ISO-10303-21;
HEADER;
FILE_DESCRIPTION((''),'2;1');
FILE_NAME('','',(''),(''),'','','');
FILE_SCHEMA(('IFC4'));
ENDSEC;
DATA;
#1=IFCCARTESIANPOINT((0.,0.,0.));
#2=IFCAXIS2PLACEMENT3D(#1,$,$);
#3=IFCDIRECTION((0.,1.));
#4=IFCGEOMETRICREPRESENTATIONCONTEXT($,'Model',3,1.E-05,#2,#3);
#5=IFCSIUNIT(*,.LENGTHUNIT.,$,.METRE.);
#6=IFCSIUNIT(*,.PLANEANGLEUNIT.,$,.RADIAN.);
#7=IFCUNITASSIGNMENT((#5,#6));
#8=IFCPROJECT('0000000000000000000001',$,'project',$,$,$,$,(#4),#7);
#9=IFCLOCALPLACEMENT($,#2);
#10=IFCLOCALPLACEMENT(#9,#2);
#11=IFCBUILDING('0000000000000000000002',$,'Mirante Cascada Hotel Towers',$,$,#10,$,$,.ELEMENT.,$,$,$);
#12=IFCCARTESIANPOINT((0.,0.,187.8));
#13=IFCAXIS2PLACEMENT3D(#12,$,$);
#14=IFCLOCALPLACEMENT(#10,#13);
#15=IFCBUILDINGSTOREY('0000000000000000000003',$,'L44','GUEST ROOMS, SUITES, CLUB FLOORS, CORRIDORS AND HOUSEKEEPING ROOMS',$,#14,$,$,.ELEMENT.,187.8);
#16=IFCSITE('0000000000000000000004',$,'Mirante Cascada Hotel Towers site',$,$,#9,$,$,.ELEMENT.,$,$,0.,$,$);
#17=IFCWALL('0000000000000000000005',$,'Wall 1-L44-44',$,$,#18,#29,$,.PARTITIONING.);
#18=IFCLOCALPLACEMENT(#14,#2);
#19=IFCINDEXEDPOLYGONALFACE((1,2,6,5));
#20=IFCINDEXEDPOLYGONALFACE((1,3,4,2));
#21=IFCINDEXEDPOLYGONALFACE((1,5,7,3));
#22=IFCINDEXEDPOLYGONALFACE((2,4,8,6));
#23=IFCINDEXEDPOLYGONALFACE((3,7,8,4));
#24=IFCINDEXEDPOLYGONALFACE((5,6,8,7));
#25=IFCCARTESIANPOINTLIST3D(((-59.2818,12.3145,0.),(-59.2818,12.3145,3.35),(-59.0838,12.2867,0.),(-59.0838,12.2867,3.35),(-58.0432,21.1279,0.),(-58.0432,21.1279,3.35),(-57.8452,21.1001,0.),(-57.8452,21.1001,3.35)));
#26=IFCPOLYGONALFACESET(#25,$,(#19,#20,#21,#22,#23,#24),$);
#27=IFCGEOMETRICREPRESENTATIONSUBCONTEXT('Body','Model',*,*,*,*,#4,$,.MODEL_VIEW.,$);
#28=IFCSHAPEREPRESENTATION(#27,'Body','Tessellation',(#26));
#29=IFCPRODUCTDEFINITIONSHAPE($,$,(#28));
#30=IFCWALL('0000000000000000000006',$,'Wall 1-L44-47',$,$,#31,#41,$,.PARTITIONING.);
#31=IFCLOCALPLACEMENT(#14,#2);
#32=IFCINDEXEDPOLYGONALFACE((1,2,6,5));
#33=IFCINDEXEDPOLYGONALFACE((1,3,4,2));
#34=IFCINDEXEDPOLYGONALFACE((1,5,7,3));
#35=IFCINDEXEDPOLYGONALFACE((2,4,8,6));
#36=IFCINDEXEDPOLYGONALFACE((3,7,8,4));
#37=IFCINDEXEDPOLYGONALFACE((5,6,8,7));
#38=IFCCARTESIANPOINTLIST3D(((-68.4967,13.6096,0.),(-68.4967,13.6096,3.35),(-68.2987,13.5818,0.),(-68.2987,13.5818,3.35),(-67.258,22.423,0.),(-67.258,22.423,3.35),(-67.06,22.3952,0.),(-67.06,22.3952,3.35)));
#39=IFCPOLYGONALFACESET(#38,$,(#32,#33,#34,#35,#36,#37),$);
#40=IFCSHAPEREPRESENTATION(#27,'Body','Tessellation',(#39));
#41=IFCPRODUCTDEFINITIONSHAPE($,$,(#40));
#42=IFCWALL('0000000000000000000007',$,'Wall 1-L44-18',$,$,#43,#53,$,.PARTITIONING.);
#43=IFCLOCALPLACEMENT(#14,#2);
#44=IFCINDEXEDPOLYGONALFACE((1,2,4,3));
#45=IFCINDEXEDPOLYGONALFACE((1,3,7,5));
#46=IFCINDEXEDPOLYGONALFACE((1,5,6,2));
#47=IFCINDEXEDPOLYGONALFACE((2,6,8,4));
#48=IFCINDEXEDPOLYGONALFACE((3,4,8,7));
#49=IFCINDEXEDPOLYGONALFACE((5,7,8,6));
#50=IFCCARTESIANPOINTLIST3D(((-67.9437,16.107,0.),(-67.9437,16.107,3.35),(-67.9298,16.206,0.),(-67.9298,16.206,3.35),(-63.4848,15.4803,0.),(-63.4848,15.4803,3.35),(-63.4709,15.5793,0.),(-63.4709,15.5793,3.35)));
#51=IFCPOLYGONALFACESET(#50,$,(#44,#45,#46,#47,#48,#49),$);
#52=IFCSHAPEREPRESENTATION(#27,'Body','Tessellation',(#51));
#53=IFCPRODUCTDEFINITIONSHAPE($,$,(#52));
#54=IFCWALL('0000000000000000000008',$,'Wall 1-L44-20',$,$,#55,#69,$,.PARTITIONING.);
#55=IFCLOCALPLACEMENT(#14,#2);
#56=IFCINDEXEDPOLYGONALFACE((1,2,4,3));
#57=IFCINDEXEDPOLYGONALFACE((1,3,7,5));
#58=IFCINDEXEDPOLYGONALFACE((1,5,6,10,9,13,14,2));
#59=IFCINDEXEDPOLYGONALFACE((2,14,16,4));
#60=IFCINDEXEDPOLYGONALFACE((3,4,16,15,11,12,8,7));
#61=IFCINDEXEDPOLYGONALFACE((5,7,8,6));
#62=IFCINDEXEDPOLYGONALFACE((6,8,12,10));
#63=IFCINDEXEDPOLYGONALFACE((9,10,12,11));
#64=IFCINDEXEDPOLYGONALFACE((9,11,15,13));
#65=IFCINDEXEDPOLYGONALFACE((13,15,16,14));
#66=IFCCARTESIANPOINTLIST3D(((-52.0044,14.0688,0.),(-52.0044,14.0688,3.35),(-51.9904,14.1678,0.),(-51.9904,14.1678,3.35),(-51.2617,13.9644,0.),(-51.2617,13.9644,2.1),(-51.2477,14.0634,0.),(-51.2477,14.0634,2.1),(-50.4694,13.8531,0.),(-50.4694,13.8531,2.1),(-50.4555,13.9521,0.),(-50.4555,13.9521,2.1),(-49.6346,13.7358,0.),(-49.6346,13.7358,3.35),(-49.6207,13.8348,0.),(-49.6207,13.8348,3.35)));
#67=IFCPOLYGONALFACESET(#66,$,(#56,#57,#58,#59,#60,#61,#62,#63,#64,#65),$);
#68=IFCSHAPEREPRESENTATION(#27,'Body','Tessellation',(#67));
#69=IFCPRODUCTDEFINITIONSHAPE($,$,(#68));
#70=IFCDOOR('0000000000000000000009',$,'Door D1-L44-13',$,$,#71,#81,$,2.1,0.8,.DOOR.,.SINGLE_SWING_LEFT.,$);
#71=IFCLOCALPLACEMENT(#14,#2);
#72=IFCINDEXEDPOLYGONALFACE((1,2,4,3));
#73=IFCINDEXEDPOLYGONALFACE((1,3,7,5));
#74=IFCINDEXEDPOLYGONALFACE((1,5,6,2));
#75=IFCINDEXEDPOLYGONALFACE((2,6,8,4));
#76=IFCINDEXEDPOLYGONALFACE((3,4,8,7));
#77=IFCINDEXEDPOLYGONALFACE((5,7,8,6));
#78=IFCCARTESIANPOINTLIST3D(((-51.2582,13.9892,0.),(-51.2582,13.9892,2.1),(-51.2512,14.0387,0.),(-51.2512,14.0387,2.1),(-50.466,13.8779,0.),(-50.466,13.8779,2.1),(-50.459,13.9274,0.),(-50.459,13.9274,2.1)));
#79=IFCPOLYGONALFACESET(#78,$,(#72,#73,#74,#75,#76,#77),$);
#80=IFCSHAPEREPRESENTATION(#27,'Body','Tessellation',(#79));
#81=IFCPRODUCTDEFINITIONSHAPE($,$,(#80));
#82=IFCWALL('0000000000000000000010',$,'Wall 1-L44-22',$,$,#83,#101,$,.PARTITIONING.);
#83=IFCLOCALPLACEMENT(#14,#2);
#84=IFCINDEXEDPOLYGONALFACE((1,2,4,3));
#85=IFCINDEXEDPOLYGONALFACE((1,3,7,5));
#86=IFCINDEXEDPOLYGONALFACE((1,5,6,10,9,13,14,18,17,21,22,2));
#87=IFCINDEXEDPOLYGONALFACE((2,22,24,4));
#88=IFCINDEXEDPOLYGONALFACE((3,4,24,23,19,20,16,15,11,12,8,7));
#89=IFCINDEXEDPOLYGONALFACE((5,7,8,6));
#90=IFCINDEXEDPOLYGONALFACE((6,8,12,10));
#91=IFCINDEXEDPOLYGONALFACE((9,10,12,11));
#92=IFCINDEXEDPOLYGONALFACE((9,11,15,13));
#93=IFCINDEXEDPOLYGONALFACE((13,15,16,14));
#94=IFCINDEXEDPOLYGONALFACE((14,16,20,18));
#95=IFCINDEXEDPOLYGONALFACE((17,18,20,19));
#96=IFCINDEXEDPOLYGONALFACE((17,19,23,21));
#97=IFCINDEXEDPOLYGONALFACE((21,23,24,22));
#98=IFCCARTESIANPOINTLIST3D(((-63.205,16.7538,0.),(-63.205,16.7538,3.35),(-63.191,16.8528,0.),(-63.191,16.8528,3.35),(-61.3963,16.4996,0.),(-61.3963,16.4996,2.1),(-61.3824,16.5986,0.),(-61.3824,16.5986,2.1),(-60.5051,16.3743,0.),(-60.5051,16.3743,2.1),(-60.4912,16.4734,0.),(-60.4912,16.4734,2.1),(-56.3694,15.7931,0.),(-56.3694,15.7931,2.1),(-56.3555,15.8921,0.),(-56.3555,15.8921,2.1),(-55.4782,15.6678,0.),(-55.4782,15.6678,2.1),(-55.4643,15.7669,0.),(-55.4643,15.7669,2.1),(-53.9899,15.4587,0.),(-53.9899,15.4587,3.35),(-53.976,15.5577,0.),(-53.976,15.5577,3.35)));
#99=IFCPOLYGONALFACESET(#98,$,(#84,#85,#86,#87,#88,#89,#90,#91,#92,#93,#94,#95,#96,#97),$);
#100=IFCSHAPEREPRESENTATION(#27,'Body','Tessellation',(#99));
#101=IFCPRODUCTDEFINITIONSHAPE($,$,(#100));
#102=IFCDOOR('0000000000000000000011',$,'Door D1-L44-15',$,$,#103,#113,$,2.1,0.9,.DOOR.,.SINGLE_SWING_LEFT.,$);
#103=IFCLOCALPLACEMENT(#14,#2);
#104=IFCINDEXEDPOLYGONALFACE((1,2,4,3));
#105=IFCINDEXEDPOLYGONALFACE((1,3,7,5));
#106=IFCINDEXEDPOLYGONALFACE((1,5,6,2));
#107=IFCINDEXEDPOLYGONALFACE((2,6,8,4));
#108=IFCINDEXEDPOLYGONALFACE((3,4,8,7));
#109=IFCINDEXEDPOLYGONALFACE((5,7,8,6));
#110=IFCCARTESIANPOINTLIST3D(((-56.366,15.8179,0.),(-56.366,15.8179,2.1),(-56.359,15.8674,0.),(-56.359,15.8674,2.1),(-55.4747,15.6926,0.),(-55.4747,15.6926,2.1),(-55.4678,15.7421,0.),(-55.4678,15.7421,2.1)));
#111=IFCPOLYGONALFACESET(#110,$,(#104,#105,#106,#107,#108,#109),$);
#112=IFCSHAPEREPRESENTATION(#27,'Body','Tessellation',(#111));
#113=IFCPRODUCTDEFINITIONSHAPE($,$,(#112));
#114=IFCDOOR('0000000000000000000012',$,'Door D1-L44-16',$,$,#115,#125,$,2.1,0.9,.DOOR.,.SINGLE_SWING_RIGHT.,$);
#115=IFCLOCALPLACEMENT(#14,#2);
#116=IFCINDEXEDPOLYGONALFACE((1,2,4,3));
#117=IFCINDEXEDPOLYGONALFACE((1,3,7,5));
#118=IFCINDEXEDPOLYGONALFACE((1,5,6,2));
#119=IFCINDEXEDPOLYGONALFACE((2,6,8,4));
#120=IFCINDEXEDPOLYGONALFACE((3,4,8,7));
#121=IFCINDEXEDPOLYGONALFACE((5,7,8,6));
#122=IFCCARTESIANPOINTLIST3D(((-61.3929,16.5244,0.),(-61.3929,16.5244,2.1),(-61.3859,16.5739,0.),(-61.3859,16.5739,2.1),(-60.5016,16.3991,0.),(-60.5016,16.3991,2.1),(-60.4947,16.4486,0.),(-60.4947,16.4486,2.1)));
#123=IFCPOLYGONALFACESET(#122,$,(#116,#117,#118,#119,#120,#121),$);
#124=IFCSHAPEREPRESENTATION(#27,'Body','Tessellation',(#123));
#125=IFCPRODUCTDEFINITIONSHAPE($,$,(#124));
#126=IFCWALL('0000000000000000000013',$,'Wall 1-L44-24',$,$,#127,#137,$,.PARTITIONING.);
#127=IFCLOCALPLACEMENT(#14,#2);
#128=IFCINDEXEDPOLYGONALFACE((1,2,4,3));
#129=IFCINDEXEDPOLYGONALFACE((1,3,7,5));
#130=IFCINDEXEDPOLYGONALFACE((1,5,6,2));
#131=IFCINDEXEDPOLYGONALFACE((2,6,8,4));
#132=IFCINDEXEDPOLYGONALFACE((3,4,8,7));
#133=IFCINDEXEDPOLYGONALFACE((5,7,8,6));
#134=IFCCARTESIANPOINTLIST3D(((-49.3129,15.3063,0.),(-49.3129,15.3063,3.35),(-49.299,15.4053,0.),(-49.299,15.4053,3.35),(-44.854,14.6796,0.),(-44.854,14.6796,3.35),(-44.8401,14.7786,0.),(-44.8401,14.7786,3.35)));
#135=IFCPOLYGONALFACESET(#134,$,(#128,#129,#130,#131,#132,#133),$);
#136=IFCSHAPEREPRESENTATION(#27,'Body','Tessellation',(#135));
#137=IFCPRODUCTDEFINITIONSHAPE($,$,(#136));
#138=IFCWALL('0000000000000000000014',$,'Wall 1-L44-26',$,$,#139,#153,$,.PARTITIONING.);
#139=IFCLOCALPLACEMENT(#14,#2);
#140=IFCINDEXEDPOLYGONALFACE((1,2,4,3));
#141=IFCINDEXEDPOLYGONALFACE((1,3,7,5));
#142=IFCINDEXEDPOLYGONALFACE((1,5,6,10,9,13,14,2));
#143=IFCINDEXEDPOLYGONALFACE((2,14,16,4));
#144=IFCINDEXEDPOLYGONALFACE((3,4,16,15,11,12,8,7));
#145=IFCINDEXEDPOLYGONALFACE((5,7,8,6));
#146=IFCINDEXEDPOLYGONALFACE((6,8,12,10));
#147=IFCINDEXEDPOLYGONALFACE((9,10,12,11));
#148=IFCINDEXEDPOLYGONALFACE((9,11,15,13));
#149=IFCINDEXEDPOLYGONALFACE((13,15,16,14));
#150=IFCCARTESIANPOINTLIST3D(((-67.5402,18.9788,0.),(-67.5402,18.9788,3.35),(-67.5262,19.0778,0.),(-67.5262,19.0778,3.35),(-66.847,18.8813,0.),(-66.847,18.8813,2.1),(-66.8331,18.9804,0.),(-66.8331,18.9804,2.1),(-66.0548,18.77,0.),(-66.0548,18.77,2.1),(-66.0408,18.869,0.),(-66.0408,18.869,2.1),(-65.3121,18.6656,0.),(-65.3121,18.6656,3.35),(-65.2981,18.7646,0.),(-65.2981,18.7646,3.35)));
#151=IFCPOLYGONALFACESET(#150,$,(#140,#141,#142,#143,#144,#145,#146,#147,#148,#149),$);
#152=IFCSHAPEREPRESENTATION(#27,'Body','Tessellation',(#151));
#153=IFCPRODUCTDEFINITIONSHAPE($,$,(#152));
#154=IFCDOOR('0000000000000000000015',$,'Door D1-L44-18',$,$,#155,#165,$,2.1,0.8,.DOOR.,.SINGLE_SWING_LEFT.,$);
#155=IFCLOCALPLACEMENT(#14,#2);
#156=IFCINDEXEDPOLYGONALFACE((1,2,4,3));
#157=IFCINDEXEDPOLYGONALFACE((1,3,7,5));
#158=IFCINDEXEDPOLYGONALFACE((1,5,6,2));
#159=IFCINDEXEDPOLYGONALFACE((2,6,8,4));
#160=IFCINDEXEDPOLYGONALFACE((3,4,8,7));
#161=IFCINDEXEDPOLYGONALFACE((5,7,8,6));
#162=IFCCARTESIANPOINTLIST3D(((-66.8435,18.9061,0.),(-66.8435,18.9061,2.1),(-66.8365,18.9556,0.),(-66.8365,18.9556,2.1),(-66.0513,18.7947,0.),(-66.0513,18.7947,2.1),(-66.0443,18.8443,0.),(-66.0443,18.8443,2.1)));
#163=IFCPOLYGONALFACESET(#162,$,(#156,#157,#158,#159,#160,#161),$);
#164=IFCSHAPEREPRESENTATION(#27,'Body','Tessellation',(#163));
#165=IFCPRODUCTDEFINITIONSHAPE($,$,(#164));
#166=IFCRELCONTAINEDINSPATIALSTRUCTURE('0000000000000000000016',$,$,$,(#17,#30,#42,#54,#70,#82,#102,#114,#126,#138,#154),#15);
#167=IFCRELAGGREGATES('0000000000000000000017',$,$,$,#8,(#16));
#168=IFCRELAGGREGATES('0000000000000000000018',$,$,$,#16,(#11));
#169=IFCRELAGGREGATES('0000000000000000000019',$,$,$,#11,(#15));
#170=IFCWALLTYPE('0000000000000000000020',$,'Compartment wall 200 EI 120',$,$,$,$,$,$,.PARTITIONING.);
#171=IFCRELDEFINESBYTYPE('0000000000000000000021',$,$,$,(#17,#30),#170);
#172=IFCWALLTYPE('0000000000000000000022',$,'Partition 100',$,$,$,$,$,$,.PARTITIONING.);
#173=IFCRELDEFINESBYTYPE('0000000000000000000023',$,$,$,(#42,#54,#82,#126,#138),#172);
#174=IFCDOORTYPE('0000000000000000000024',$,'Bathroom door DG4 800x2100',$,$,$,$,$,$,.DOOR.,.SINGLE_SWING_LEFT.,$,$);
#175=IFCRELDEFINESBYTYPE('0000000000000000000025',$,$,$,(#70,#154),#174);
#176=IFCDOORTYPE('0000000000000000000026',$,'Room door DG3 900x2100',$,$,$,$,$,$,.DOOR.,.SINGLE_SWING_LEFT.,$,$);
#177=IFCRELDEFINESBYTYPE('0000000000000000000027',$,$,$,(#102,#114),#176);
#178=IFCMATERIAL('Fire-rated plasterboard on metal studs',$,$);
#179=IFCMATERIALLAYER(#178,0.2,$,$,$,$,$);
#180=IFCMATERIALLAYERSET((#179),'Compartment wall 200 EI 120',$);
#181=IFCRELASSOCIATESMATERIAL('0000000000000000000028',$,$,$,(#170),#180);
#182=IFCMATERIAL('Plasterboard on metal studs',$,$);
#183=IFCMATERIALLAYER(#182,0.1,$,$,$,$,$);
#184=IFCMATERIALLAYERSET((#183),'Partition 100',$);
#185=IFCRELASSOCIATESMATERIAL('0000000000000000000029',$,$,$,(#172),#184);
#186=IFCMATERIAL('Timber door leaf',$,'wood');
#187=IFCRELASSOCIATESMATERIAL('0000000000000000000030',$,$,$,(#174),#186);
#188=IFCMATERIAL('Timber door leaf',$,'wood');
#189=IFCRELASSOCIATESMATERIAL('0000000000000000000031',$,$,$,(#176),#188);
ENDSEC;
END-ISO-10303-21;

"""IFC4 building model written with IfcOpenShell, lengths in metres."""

from ifc_helpers import new_model, si_unit, direction, frame, frame_2d, origin, place, context, subcontext, project, spatial, rectangle, extrude, material, layer, layer_set, type_object, element, fill, save


model = new_model("IFC4")

# Units and contexts
model_context = context("Model", 3, precision=1e-05, world=origin(), true_north=direction((0.0, 1.0)))
body_context = subcontext(model_context, "Body", "Model", "MODEL_VIEW")
ifc_project = project(units=[si_unit("LENGTHUNIT", "METRE"), si_unit("PLANEANGLEUNIT", "RADIAN")], contexts=[model_context])

# Site, building, storey
site_placement = place(None, origin())
site = spatial("IfcSite", under=ifc_project, at=site_placement, Name="Mirante Cascada Hotel Towers site", CompositionType="ELEMENT", RefElevation=0.0)
building_placement = place(site_placement, origin())
building = spatial("IfcBuilding", under=site, at=building_placement, Name="Mirante Cascada Hotel Towers", CompositionType="ELEMENT")
storey_placement = place(building_placement, frame((0.0, 0.0, 187.8)))
storey = spatial("IfcBuildingStorey", under=building, at=storey_placement, Name="L44", Description="GUEST ROOMS, SUITES, CLUB FLOORS, CORRIDORS AND HOUSEKEEPING ROOMS", CompositionType="ELEMENT", Elevation=187.8)

# Walls
ifc_material_1 = material(Name="Fire-rated plasterboard on metal studs")
ifc_layer_1 = layer(ifc_material_1, 0.2)
ifc_layer_set_1 = layer_set([ifc_layer_1], Name="Compartment wall 200 EI 120")
wall_type_1 = type_object("IfcWallType", Name="Compartment wall 200 EI 120", PredefinedType="PARTITIONING", material=ifc_layer_set_1)
for number, where, z_axis, x_axis, name in (
    (1, (-57.9442, 21.114, 0.0), (0.0, 0.0, 1.0), (-0.139168, -0.990269, 0.0), "Wall 1-L44-44"),
    (2, (-68.3977, 13.5957, 0.0), (0.0, 0.0, 1.0), (0.139179, 0.990267, 0.0), "Wall 1-L44-47"),
):
    element("IfcWall", number, at=place(storey_placement, frame(where, z_axis=z_axis, x_axis=x_axis)), inside=storey, type_object=wall_type_1, Name=name, PredefinedType="PARTITIONING", context=body_context, shape_type="SweptSolid", body=[
        extrude(rectangle(XDim=8.9, YDim=0.2, at=frame_2d((4.45, 0.0))), origin(), (0.0, 0.0, 1.0), 3.35),
    ])
ifc_material_2 = material(Name="Plasterboard on metal studs")
ifc_layer_2 = layer(ifc_material_2, 0.1)
ifc_layer_set_2 = layer_set([ifc_layer_2], Name="Partition 100")
wall_type_2 = type_object("IfcWallType", Name="Partition 100", PredefinedType="PARTITIONING", material=ifc_layer_set_2)
wall_1_placement = place(storey_placement, frame((-67.9368, 16.1565, 0.0), z_axis=(0.0, 0.0, 1.0), x_axis=(0.990267, -0.139182, 0.0)))
element("IfcWall", 3, at=wall_1_placement, inside=storey, type_object=wall_type_2, Name="Wall 1-L44-18", PredefinedType="PARTITIONING", context=body_context, shape_type="SweptSolid", body=[
    extrude(rectangle(XDim=4.5027, YDim=0.1, at=frame_2d((2.2514, 0.0))), origin(), (0.0, 0.0, 1.0), 3.35),
])

# Wall, opening, door
wall_2_placement = place(storey_placement, frame((-51.9974, 14.1183, 0.0), z_axis=(0.0, 0.0, 1.0), x_axis=(0.99027, -0.139157, 0.0)))
wall_2 = element("IfcWall", 4, at=wall_2_placement, inside=storey, type_object=wall_type_2, Name="Wall 1-L44-20", PredefinedType="PARTITIONING", context=body_context, shape_type="SweptSolid", body=[
    extrude(rectangle(XDim=2.393, YDim=0.1, at=frame_2d((1.1965, 0.0))), origin(), (0.0, 0.0, 1.0), 3.35),
])
opening_1_placement = place(wall_2_placement, frame((0.75, 0.0, 0.0)))
opening_1 = element("IfcOpeningElement", 5, at=opening_1_placement, cuts=wall_2, PredefinedType="OPENING", context=body_context, shape_type="SweptSolid", body=[
    extrude(rectangle(XDim=0.8, YDim=2.1, at=frame_2d((0.4, 1.05))), frame((0.0, 0.05, 0.0), z_axis=(0.0, -1.0, 0.0), x_axis=(1.0, 0.0, 0.0)), (0.0, 0.0, 1.0), 0.1),
])
ifc_material_3 = material(Name="Timber door leaf", Category="wood")
door_type_1 = type_object("IfcDoorType", Name="Bathroom door DG4 800x2100", OperationType="SINGLE_SWING_LEFT", PredefinedType="DOOR", material=ifc_material_3)
door_1_placement = place(opening_1_placement, origin())
door_1 = element("IfcDoor", 6, at=door_1_placement, inside=storey, type_object=door_type_1, Name="Door D1-L44-13", OperationType="SINGLE_SWING_LEFT", OverallHeight=2.1, OverallWidth=0.8, PredefinedType="DOOR", context=body_context, shape_type="SweptSolid", body=[
    extrude(rectangle(XDim=0.8, YDim=2.1, at=frame_2d((0.4, 1.05))), frame((0.0, 0.025, 0.0), z_axis=(0.0, -1.0, 0.0), x_axis=(1.0, 0.0, 0.0)), (0.0, 0.0, 1.0), 0.05),
])
fill(opening_1, door_1)

# Wall, openings, doors
wall_3_placement = place(storey_placement, frame((-63.198, 16.8033, 0.0), z_axis=(0.0, 0.0, 1.0), x_axis=(0.990268, -0.139175, 0.0)))
wall_3 = element("IfcWall", 7, at=wall_3_placement, inside=storey, type_object=wall_type_2, Name="Wall 1-L44-22", PredefinedType="PARTITIONING", context=body_context, shape_type="SweptSolid", body=[
    extrude(rectangle(XDim=9.3056, YDim=0.1, at=frame_2d((4.6528, 0.0))), origin(), (0.0, 0.0, 1.0), 3.35),
])
opening_2_placement = place(wall_3_placement, frame((6.9027, 0.0, 0.0)))
opening_2 = element("IfcOpeningElement", 8, at=opening_2_placement, cuts=wall_3, PredefinedType="OPENING", context=body_context, shape_type="SweptSolid", body=[
    extrude(rectangle(XDim=0.9, YDim=2.1, at=frame_2d((0.45, 1.05))), frame((0.0, 0.05, 0.0), z_axis=(0.0, -1.0, 0.0), x_axis=(1.0, 0.0, 0.0)), (0.0, 0.0, 1.0), 0.1),
])
opening_3_placement = place(wall_3_placement, frame((1.8264, 0.0, 0.0)))
opening_3 = element("IfcOpeningElement", 9, at=opening_3_placement, cuts=wall_3, PredefinedType="OPENING", context=body_context, shape_type="SweptSolid", body=[
    extrude(rectangle(XDim=0.9, YDim=2.1, at=frame_2d((0.45, 1.05))), frame((0.0, 0.05, 0.0), z_axis=(0.0, -1.0, 0.0), x_axis=(1.0, 0.0, 0.0)), (0.0, 0.0, 1.0), 0.1),
])
ifc_material_4 = material(Name="Timber door leaf", Category="wood")
door_type_2 = type_object("IfcDoorType", Name="Room door DG3 900x2100", OperationType="SINGLE_SWING_LEFT", PredefinedType="DOOR", material=ifc_material_4)
door_2_placement = place(opening_2_placement, origin())
door_2 = element("IfcDoor", 10, at=door_2_placement, inside=storey, type_object=door_type_2, Name="Door D1-L44-15", OperationType="SINGLE_SWING_LEFT", OverallHeight=2.1, OverallWidth=0.9, PredefinedType="DOOR", context=body_context, shape_type="SweptSolid", body=[
    extrude(rectangle(XDim=0.9, YDim=2.1, at=frame_2d((0.45, 1.05))), frame((0.0, 0.025, 0.0), z_axis=(0.0, -1.0, 0.0), x_axis=(1.0, 0.0, 0.0)), (0.0, 0.0, 1.0), 0.05),
])
fill(opening_2, door_2)
door_3_placement = place(opening_3_placement, frame((0.9, 0.0, 0.0), z_axis=(0.0, 0.0, 1.0), x_axis=(-1.0, 0.0, 0.0)))
door_3 = element("IfcDoor", 11, at=door_3_placement, inside=storey, type_object=door_type_2, Name="Door D1-L44-16", OperationType="SINGLE_SWING_RIGHT", OverallHeight=2.1, OverallWidth=0.9, PredefinedType="DOOR", context=body_context, shape_type="SweptSolid", body=[
    extrude(rectangle(XDim=0.9, YDim=2.1, at=frame_2d((0.45, 1.05))), frame((0.0, 0.025, 0.0), z_axis=(0.0, -1.0, 0.0), x_axis=(1.0, 0.0, 0.0)), (0.0, 0.0, 1.0), 0.05),
])
fill(opening_3, door_3)

# Wall
wall_4_placement = place(storey_placement, frame((-49.306, 15.3558, 0.0), z_axis=(0.0, 0.0, 1.0), x_axis=(0.990267, -0.139182, 0.0)))
element("IfcWall", 12, at=wall_4_placement, inside=storey, type_object=wall_type_2, Name="Wall 1-L44-24", PredefinedType="PARTITIONING", context=body_context, shape_type="SweptSolid", body=[
    extrude(rectangle(XDim=4.5027, YDim=0.1, at=frame_2d((2.2514, 0.0))), origin(), (0.0, 0.0, 1.0), 3.35),
])

# Wall, opening, door
wall_5_placement = place(storey_placement, frame((-67.5332, 19.0283, 0.0), z_axis=(0.0, 0.0, 1.0), x_axis=(0.990264, -0.1392, 0.0)))
wall_5 = element("IfcWall", 13, at=wall_5_placement, inside=storey, type_object=wall_type_2, Name="Wall 1-L44-26", PredefinedType="PARTITIONING", context=body_context, shape_type="SweptSolid", body=[
    extrude(rectangle(XDim=2.25, YDim=0.1, at=frame_2d((1.125, 0.0))), origin(), (0.0, 0.0, 1.0), 3.35),
])
opening_4_placement = place(wall_5_placement, frame((0.7, 0.0, 0.0)))
opening_4 = element("IfcOpeningElement", 14, at=opening_4_placement, cuts=wall_5, PredefinedType="OPENING", context=body_context, shape_type="SweptSolid", body=[
    extrude(rectangle(XDim=0.8, YDim=2.1, at=frame_2d((0.4, 1.05))), frame((0.0, 0.05, 0.0), z_axis=(0.0, -1.0, 0.0), x_axis=(1.0, 0.0, 0.0)), (0.0, 0.0, 1.0), 0.1),
])
door_4_placement = place(opening_4_placement, origin())
door_4 = element("IfcDoor", 15, at=door_4_placement, inside=storey, type_object=door_type_1, Name="Door D1-L44-18", OperationType="SINGLE_SWING_LEFT", OverallHeight=2.1, OverallWidth=0.8, PredefinedType="DOOR", context=body_context, shape_type="SweptSolid", body=[
    extrude(rectangle(XDim=0.8, YDim=2.1, at=frame_2d((0.4, 1.05))), frame((0.0, 0.025, 0.0), z_axis=(0.0, -1.0, 0.0), x_axis=(1.0, 0.0, 0.0)), (0.0, 0.0, 1.0), 0.05),
])
fill(opening_4, door_4)

save(model, "model.ifc")
